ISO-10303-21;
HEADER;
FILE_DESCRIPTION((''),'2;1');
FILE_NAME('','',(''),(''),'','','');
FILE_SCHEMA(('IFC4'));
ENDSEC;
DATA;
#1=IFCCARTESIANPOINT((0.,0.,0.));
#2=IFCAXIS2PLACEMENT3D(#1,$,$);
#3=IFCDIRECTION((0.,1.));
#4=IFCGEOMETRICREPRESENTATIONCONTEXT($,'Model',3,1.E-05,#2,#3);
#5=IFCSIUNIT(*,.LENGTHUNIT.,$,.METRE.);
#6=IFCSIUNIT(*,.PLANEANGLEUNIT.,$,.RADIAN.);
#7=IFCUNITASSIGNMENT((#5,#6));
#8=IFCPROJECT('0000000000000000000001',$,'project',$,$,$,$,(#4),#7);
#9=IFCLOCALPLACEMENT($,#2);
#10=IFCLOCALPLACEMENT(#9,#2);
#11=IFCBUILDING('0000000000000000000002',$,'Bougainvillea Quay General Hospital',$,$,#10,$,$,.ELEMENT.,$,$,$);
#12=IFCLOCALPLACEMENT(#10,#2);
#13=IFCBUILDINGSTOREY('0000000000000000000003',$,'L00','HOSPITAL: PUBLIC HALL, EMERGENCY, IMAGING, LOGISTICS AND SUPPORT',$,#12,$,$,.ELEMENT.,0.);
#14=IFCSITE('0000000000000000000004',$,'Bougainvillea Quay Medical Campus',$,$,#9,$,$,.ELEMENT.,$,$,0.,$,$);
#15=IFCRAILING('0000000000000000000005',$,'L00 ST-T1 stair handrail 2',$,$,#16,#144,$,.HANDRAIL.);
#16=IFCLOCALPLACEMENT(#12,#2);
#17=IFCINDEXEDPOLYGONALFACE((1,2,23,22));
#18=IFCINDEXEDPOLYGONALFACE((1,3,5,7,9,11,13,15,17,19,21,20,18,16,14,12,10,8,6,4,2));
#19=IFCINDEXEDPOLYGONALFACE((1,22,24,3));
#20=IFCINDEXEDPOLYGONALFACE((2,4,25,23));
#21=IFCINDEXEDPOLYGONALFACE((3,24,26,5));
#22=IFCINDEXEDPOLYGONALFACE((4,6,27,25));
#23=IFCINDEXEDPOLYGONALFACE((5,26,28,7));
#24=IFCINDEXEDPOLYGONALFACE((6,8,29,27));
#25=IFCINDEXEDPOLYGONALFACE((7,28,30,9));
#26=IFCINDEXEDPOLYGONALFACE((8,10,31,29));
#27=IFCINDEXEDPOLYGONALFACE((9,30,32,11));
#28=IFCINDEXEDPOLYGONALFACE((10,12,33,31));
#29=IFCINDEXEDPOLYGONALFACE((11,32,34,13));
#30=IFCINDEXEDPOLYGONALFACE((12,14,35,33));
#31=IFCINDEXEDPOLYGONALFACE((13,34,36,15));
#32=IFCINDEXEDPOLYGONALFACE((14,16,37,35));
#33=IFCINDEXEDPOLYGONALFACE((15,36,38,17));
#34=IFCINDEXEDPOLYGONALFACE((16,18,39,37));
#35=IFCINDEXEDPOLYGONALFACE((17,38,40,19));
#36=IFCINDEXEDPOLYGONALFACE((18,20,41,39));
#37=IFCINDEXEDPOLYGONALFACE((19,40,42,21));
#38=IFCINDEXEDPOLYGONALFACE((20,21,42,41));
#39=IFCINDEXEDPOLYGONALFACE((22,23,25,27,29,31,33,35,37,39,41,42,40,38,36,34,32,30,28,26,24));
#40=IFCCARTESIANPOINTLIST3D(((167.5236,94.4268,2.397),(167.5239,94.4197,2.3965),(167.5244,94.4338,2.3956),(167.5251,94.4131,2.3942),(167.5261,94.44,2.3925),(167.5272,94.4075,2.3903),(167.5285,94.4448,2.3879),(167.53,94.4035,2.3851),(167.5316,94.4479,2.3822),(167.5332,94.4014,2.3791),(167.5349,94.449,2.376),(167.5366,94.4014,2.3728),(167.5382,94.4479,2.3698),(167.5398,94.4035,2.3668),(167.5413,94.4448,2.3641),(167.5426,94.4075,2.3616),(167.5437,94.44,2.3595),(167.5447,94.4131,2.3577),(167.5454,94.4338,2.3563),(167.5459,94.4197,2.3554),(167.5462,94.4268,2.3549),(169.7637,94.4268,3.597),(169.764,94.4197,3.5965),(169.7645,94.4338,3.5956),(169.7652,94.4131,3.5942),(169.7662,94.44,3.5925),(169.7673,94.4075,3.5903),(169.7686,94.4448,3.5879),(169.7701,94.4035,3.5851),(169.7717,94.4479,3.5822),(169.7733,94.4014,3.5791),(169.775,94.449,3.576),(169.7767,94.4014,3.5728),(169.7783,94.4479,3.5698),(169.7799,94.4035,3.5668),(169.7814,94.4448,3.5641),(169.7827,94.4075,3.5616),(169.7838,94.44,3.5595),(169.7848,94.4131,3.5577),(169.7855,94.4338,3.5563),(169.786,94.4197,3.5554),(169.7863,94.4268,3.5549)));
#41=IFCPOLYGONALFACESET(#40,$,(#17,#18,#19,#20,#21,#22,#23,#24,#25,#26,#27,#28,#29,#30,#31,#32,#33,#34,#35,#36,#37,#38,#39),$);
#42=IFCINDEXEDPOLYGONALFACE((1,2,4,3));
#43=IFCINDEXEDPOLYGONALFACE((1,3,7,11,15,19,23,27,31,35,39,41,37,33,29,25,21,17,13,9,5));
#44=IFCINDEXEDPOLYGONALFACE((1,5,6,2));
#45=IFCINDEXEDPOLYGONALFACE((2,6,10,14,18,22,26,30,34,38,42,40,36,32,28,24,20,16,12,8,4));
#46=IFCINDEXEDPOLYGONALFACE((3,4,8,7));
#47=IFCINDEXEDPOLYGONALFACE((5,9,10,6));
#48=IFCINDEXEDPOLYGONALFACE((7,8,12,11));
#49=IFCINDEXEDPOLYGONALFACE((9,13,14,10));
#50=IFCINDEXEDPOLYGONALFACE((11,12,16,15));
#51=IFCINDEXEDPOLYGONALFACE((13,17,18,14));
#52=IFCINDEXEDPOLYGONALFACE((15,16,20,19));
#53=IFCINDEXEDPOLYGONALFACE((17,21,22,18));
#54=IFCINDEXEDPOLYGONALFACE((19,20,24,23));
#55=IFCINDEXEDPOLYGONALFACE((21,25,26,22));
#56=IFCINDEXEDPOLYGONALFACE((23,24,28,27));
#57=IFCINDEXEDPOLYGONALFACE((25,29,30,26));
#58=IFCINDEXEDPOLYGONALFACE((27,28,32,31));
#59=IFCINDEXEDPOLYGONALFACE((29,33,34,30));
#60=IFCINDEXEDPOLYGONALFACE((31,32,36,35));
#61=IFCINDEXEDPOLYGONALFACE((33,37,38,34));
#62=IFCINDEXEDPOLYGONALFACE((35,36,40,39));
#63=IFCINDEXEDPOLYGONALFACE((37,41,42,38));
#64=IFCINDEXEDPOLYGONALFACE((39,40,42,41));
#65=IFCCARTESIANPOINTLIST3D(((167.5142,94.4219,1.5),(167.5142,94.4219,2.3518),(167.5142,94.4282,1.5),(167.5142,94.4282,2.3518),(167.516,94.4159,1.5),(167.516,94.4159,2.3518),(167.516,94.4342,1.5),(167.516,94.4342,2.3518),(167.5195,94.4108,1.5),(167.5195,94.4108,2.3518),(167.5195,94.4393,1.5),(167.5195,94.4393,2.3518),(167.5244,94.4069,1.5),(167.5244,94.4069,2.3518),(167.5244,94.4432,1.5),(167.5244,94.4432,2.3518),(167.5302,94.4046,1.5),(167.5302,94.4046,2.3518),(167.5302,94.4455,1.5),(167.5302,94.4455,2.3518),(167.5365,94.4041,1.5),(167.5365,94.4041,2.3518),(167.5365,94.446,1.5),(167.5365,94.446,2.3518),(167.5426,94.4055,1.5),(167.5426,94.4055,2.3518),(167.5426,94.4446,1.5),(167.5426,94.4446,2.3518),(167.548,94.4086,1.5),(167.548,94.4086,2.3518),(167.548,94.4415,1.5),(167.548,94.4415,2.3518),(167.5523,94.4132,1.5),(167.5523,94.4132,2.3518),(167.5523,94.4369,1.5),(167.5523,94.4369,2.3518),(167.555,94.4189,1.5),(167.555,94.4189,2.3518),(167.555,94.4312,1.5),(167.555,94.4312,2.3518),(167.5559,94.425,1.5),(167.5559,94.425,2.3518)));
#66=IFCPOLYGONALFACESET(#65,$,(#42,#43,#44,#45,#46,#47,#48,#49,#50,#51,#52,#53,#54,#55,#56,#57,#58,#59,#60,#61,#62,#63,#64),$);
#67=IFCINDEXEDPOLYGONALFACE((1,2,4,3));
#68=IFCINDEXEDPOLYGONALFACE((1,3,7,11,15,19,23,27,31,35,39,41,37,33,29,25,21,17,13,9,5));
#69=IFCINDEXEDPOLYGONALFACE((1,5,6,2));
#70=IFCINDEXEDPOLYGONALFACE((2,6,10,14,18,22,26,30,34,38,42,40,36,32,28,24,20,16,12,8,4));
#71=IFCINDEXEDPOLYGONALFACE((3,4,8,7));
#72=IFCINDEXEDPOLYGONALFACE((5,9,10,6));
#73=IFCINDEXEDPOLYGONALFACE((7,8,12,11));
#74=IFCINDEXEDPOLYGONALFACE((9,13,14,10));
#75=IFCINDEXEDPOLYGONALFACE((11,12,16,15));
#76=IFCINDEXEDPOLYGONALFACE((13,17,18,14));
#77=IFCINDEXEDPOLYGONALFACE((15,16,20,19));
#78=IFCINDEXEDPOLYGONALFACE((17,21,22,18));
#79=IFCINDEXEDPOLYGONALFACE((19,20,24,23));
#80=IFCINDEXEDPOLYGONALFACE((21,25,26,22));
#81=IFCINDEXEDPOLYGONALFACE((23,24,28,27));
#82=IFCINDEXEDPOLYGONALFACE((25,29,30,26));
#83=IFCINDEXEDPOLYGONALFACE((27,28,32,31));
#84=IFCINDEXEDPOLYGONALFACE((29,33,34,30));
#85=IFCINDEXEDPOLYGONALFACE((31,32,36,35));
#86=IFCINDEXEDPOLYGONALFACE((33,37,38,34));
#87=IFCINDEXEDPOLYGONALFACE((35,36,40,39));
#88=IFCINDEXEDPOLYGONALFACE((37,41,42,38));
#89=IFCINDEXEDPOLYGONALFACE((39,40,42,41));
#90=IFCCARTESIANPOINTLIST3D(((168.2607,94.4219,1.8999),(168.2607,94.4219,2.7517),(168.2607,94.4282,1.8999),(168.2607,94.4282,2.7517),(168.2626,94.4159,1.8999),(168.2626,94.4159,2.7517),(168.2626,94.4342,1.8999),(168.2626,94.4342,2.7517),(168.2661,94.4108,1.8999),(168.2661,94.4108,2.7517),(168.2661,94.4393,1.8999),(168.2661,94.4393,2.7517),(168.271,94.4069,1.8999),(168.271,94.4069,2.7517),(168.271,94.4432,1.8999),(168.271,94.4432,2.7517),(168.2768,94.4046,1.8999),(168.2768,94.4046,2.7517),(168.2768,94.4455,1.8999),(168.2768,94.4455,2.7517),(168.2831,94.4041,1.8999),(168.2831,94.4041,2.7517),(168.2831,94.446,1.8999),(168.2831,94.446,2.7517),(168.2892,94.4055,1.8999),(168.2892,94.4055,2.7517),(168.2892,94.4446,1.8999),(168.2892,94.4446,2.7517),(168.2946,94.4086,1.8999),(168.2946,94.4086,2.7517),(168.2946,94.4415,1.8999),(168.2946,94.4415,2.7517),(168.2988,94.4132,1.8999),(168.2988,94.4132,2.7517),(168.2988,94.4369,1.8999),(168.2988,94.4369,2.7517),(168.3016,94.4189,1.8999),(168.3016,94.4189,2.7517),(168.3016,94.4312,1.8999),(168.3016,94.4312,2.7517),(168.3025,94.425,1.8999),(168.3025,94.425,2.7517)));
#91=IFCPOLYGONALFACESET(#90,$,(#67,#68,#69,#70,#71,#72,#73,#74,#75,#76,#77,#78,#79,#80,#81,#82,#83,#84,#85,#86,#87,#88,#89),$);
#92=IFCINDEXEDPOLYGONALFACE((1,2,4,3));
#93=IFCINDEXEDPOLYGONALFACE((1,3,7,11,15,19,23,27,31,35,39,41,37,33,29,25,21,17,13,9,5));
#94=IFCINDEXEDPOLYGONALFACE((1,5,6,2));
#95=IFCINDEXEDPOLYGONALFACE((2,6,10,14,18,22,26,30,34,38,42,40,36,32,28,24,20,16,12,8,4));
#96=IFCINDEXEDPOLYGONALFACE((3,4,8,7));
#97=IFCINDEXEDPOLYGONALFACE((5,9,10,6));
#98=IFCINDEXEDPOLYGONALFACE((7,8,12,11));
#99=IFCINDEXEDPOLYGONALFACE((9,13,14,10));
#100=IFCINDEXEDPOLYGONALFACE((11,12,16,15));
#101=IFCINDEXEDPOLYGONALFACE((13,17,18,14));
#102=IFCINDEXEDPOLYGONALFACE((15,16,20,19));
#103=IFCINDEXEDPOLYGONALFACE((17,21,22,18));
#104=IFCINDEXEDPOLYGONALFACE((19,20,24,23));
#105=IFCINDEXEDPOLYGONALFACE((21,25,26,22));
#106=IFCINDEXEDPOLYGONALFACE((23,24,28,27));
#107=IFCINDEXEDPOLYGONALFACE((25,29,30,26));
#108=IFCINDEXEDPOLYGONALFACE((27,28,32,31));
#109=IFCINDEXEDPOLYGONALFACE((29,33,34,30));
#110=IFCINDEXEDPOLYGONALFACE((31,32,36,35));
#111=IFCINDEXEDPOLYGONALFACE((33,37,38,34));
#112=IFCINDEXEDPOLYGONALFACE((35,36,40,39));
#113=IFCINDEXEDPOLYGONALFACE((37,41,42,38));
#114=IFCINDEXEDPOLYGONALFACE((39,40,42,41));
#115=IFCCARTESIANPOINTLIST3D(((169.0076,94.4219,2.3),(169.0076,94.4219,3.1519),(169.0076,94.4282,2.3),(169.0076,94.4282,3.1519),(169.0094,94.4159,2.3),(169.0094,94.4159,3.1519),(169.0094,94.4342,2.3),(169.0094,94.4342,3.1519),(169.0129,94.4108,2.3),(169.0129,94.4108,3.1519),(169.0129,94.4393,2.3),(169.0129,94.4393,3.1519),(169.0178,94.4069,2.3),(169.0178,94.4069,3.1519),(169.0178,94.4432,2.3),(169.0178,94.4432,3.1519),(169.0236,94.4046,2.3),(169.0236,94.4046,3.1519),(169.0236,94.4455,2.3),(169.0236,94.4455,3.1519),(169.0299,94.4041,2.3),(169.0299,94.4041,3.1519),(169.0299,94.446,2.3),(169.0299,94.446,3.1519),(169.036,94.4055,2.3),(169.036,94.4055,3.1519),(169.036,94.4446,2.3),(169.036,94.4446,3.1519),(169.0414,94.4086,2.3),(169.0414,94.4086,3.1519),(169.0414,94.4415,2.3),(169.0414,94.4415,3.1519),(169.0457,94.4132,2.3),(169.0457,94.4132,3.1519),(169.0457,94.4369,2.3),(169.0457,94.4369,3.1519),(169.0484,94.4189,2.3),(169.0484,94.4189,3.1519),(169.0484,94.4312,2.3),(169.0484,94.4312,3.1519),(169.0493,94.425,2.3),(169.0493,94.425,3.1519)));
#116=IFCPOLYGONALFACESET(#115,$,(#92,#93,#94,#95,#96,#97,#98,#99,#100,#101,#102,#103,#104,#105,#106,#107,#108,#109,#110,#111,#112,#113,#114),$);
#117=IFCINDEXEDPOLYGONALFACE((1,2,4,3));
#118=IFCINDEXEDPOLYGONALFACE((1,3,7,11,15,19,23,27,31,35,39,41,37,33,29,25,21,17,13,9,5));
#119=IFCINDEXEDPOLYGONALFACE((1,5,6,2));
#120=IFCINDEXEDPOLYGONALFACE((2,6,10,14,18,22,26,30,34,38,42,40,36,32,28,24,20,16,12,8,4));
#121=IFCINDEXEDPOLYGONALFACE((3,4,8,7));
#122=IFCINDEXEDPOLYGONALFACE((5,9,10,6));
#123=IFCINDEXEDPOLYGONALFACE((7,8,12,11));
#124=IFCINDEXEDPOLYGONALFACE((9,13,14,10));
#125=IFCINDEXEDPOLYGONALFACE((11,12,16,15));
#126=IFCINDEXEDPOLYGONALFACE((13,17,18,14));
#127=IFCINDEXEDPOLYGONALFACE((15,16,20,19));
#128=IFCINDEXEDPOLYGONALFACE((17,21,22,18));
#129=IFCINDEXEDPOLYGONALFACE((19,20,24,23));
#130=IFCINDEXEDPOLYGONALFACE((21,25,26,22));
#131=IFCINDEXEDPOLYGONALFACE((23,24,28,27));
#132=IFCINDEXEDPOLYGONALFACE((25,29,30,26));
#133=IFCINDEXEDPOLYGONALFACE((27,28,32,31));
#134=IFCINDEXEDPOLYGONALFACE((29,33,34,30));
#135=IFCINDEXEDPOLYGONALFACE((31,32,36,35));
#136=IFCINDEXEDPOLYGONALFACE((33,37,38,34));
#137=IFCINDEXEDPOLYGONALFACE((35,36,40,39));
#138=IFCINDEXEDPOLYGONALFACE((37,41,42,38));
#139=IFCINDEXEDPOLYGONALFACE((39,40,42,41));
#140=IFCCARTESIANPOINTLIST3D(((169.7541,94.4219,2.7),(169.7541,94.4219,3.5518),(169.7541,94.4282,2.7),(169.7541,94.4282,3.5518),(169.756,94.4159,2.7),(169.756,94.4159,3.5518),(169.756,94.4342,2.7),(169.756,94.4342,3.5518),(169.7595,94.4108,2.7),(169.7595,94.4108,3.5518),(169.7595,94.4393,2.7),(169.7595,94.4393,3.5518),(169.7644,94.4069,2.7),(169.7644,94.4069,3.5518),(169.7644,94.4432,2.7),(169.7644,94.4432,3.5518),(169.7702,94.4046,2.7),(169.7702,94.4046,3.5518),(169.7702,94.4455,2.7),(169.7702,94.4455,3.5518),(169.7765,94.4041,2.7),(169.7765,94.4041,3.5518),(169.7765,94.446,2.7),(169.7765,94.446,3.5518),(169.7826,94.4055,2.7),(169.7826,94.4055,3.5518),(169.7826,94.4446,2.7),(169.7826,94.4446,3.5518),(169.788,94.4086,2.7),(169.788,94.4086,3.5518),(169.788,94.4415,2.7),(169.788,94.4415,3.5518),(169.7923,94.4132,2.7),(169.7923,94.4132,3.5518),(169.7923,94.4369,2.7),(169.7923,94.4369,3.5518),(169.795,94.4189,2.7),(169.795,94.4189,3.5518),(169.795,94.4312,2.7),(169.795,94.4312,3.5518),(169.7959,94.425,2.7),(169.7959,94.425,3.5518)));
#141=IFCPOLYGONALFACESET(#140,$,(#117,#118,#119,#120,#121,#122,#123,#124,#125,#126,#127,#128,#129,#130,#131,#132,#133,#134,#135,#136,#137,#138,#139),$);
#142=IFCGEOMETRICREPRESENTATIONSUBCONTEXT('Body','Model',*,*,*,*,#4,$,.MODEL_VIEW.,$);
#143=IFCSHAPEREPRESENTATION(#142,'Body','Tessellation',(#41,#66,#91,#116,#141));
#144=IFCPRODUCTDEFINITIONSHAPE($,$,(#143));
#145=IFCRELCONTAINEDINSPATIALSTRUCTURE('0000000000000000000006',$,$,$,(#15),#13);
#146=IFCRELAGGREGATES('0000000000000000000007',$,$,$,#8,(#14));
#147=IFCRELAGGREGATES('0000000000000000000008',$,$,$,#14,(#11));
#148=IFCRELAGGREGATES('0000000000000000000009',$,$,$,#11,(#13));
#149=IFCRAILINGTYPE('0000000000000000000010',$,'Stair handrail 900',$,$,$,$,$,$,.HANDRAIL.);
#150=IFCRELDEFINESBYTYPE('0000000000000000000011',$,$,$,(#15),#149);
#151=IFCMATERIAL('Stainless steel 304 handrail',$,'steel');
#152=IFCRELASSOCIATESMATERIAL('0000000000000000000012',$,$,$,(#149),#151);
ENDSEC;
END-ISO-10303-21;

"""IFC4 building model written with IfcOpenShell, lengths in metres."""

from ifc_helpers import new_model, si_unit, direction, frame, origin, origin_2d, place, context, subcontext, project, spatial, circle, extrude, material, type_object, element, save


model = new_model("IFC4")

# Units and contexts
model_context = context("Model", 3, precision=1e-05, world=origin(), true_north=direction((0.0, 1.0)))
body_context = subcontext(model_context, "Body", "Model", "MODEL_VIEW")
ifc_project = project(units=[si_unit("LENGTHUNIT", "METRE"), si_unit("PLANEANGLEUNIT", "RADIAN")], contexts=[model_context])

# Site, building, storey
site_placement = place(None, origin())
site = spatial("IfcSite", under=ifc_project, at=site_placement, Name="Bougainvillea Quay Medical Campus", CompositionType="ELEMENT", RefElevation=0.0)
building_placement = place(site_placement, origin())
building = spatial("IfcBuilding", under=site, at=building_placement, Name="Bougainvillea Quay General Hospital", CompositionType="ELEMENT")
storey_placement = place(building_placement, origin())
storey = spatial("IfcBuildingStorey", under=building, at=storey_placement, Name="L00", Description="HOSPITAL: PUBLIC HALL, EMERGENCY, IMAGING, LOGISTICS AND SUPPORT", CompositionType="ELEMENT", Elevation=0.0)

# Railing
ifc_material_1 = material(Name="Stainless steel 304 handrail", Category="steel")
railing_type_1 = type_object("IfcRailingType", Name="Stair handrail 900", PredefinedType="HANDRAIL", material=ifc_material_1)
for number, where, name in (
    (1, (167.5349, 94.425, 1.5), "L00 ST-T1 stair handrail 2"),
):
    element("IfcRailing", number, at=place(storey_placement, frame(where)), inside=storey, type_object=railing_type_1, Name=name, PredefinedType="HANDRAIL", context=body_context, shape_type="SweptSolid", body=[
        extrude(circle(Radius=0.0239, at=origin_2d()), frame((0.0, 0.0, 0.876), z_axis=(0.881487, 0.0, 0.472208), x_axis=(0.0, 1.0, 0.0)), (0.0, 0.0, 1.0), 2.5413),
        extrude(circle(Radius=0.021, at=origin_2d()), origin(), (0.0, 0.0, 1.0), 0.8518),
        extrude(circle(Radius=0.021, at=origin_2d()), frame((0.7466, 0.0, 0.3999)), (0.0, 0.0, 1.0), 0.8518),
        extrude(circle(Radius=0.021, at=origin_2d()), frame((1.4934, 0.0, 0.8)), (0.0, 0.0, 1.0), 0.8518),
        extrude(circle(Radius=0.021, at=origin_2d()), frame((2.24, 0.0, 1.2)), (0.0, 0.0, 1.0), 0.8518),
    ])

save(model, "model.ifc")
